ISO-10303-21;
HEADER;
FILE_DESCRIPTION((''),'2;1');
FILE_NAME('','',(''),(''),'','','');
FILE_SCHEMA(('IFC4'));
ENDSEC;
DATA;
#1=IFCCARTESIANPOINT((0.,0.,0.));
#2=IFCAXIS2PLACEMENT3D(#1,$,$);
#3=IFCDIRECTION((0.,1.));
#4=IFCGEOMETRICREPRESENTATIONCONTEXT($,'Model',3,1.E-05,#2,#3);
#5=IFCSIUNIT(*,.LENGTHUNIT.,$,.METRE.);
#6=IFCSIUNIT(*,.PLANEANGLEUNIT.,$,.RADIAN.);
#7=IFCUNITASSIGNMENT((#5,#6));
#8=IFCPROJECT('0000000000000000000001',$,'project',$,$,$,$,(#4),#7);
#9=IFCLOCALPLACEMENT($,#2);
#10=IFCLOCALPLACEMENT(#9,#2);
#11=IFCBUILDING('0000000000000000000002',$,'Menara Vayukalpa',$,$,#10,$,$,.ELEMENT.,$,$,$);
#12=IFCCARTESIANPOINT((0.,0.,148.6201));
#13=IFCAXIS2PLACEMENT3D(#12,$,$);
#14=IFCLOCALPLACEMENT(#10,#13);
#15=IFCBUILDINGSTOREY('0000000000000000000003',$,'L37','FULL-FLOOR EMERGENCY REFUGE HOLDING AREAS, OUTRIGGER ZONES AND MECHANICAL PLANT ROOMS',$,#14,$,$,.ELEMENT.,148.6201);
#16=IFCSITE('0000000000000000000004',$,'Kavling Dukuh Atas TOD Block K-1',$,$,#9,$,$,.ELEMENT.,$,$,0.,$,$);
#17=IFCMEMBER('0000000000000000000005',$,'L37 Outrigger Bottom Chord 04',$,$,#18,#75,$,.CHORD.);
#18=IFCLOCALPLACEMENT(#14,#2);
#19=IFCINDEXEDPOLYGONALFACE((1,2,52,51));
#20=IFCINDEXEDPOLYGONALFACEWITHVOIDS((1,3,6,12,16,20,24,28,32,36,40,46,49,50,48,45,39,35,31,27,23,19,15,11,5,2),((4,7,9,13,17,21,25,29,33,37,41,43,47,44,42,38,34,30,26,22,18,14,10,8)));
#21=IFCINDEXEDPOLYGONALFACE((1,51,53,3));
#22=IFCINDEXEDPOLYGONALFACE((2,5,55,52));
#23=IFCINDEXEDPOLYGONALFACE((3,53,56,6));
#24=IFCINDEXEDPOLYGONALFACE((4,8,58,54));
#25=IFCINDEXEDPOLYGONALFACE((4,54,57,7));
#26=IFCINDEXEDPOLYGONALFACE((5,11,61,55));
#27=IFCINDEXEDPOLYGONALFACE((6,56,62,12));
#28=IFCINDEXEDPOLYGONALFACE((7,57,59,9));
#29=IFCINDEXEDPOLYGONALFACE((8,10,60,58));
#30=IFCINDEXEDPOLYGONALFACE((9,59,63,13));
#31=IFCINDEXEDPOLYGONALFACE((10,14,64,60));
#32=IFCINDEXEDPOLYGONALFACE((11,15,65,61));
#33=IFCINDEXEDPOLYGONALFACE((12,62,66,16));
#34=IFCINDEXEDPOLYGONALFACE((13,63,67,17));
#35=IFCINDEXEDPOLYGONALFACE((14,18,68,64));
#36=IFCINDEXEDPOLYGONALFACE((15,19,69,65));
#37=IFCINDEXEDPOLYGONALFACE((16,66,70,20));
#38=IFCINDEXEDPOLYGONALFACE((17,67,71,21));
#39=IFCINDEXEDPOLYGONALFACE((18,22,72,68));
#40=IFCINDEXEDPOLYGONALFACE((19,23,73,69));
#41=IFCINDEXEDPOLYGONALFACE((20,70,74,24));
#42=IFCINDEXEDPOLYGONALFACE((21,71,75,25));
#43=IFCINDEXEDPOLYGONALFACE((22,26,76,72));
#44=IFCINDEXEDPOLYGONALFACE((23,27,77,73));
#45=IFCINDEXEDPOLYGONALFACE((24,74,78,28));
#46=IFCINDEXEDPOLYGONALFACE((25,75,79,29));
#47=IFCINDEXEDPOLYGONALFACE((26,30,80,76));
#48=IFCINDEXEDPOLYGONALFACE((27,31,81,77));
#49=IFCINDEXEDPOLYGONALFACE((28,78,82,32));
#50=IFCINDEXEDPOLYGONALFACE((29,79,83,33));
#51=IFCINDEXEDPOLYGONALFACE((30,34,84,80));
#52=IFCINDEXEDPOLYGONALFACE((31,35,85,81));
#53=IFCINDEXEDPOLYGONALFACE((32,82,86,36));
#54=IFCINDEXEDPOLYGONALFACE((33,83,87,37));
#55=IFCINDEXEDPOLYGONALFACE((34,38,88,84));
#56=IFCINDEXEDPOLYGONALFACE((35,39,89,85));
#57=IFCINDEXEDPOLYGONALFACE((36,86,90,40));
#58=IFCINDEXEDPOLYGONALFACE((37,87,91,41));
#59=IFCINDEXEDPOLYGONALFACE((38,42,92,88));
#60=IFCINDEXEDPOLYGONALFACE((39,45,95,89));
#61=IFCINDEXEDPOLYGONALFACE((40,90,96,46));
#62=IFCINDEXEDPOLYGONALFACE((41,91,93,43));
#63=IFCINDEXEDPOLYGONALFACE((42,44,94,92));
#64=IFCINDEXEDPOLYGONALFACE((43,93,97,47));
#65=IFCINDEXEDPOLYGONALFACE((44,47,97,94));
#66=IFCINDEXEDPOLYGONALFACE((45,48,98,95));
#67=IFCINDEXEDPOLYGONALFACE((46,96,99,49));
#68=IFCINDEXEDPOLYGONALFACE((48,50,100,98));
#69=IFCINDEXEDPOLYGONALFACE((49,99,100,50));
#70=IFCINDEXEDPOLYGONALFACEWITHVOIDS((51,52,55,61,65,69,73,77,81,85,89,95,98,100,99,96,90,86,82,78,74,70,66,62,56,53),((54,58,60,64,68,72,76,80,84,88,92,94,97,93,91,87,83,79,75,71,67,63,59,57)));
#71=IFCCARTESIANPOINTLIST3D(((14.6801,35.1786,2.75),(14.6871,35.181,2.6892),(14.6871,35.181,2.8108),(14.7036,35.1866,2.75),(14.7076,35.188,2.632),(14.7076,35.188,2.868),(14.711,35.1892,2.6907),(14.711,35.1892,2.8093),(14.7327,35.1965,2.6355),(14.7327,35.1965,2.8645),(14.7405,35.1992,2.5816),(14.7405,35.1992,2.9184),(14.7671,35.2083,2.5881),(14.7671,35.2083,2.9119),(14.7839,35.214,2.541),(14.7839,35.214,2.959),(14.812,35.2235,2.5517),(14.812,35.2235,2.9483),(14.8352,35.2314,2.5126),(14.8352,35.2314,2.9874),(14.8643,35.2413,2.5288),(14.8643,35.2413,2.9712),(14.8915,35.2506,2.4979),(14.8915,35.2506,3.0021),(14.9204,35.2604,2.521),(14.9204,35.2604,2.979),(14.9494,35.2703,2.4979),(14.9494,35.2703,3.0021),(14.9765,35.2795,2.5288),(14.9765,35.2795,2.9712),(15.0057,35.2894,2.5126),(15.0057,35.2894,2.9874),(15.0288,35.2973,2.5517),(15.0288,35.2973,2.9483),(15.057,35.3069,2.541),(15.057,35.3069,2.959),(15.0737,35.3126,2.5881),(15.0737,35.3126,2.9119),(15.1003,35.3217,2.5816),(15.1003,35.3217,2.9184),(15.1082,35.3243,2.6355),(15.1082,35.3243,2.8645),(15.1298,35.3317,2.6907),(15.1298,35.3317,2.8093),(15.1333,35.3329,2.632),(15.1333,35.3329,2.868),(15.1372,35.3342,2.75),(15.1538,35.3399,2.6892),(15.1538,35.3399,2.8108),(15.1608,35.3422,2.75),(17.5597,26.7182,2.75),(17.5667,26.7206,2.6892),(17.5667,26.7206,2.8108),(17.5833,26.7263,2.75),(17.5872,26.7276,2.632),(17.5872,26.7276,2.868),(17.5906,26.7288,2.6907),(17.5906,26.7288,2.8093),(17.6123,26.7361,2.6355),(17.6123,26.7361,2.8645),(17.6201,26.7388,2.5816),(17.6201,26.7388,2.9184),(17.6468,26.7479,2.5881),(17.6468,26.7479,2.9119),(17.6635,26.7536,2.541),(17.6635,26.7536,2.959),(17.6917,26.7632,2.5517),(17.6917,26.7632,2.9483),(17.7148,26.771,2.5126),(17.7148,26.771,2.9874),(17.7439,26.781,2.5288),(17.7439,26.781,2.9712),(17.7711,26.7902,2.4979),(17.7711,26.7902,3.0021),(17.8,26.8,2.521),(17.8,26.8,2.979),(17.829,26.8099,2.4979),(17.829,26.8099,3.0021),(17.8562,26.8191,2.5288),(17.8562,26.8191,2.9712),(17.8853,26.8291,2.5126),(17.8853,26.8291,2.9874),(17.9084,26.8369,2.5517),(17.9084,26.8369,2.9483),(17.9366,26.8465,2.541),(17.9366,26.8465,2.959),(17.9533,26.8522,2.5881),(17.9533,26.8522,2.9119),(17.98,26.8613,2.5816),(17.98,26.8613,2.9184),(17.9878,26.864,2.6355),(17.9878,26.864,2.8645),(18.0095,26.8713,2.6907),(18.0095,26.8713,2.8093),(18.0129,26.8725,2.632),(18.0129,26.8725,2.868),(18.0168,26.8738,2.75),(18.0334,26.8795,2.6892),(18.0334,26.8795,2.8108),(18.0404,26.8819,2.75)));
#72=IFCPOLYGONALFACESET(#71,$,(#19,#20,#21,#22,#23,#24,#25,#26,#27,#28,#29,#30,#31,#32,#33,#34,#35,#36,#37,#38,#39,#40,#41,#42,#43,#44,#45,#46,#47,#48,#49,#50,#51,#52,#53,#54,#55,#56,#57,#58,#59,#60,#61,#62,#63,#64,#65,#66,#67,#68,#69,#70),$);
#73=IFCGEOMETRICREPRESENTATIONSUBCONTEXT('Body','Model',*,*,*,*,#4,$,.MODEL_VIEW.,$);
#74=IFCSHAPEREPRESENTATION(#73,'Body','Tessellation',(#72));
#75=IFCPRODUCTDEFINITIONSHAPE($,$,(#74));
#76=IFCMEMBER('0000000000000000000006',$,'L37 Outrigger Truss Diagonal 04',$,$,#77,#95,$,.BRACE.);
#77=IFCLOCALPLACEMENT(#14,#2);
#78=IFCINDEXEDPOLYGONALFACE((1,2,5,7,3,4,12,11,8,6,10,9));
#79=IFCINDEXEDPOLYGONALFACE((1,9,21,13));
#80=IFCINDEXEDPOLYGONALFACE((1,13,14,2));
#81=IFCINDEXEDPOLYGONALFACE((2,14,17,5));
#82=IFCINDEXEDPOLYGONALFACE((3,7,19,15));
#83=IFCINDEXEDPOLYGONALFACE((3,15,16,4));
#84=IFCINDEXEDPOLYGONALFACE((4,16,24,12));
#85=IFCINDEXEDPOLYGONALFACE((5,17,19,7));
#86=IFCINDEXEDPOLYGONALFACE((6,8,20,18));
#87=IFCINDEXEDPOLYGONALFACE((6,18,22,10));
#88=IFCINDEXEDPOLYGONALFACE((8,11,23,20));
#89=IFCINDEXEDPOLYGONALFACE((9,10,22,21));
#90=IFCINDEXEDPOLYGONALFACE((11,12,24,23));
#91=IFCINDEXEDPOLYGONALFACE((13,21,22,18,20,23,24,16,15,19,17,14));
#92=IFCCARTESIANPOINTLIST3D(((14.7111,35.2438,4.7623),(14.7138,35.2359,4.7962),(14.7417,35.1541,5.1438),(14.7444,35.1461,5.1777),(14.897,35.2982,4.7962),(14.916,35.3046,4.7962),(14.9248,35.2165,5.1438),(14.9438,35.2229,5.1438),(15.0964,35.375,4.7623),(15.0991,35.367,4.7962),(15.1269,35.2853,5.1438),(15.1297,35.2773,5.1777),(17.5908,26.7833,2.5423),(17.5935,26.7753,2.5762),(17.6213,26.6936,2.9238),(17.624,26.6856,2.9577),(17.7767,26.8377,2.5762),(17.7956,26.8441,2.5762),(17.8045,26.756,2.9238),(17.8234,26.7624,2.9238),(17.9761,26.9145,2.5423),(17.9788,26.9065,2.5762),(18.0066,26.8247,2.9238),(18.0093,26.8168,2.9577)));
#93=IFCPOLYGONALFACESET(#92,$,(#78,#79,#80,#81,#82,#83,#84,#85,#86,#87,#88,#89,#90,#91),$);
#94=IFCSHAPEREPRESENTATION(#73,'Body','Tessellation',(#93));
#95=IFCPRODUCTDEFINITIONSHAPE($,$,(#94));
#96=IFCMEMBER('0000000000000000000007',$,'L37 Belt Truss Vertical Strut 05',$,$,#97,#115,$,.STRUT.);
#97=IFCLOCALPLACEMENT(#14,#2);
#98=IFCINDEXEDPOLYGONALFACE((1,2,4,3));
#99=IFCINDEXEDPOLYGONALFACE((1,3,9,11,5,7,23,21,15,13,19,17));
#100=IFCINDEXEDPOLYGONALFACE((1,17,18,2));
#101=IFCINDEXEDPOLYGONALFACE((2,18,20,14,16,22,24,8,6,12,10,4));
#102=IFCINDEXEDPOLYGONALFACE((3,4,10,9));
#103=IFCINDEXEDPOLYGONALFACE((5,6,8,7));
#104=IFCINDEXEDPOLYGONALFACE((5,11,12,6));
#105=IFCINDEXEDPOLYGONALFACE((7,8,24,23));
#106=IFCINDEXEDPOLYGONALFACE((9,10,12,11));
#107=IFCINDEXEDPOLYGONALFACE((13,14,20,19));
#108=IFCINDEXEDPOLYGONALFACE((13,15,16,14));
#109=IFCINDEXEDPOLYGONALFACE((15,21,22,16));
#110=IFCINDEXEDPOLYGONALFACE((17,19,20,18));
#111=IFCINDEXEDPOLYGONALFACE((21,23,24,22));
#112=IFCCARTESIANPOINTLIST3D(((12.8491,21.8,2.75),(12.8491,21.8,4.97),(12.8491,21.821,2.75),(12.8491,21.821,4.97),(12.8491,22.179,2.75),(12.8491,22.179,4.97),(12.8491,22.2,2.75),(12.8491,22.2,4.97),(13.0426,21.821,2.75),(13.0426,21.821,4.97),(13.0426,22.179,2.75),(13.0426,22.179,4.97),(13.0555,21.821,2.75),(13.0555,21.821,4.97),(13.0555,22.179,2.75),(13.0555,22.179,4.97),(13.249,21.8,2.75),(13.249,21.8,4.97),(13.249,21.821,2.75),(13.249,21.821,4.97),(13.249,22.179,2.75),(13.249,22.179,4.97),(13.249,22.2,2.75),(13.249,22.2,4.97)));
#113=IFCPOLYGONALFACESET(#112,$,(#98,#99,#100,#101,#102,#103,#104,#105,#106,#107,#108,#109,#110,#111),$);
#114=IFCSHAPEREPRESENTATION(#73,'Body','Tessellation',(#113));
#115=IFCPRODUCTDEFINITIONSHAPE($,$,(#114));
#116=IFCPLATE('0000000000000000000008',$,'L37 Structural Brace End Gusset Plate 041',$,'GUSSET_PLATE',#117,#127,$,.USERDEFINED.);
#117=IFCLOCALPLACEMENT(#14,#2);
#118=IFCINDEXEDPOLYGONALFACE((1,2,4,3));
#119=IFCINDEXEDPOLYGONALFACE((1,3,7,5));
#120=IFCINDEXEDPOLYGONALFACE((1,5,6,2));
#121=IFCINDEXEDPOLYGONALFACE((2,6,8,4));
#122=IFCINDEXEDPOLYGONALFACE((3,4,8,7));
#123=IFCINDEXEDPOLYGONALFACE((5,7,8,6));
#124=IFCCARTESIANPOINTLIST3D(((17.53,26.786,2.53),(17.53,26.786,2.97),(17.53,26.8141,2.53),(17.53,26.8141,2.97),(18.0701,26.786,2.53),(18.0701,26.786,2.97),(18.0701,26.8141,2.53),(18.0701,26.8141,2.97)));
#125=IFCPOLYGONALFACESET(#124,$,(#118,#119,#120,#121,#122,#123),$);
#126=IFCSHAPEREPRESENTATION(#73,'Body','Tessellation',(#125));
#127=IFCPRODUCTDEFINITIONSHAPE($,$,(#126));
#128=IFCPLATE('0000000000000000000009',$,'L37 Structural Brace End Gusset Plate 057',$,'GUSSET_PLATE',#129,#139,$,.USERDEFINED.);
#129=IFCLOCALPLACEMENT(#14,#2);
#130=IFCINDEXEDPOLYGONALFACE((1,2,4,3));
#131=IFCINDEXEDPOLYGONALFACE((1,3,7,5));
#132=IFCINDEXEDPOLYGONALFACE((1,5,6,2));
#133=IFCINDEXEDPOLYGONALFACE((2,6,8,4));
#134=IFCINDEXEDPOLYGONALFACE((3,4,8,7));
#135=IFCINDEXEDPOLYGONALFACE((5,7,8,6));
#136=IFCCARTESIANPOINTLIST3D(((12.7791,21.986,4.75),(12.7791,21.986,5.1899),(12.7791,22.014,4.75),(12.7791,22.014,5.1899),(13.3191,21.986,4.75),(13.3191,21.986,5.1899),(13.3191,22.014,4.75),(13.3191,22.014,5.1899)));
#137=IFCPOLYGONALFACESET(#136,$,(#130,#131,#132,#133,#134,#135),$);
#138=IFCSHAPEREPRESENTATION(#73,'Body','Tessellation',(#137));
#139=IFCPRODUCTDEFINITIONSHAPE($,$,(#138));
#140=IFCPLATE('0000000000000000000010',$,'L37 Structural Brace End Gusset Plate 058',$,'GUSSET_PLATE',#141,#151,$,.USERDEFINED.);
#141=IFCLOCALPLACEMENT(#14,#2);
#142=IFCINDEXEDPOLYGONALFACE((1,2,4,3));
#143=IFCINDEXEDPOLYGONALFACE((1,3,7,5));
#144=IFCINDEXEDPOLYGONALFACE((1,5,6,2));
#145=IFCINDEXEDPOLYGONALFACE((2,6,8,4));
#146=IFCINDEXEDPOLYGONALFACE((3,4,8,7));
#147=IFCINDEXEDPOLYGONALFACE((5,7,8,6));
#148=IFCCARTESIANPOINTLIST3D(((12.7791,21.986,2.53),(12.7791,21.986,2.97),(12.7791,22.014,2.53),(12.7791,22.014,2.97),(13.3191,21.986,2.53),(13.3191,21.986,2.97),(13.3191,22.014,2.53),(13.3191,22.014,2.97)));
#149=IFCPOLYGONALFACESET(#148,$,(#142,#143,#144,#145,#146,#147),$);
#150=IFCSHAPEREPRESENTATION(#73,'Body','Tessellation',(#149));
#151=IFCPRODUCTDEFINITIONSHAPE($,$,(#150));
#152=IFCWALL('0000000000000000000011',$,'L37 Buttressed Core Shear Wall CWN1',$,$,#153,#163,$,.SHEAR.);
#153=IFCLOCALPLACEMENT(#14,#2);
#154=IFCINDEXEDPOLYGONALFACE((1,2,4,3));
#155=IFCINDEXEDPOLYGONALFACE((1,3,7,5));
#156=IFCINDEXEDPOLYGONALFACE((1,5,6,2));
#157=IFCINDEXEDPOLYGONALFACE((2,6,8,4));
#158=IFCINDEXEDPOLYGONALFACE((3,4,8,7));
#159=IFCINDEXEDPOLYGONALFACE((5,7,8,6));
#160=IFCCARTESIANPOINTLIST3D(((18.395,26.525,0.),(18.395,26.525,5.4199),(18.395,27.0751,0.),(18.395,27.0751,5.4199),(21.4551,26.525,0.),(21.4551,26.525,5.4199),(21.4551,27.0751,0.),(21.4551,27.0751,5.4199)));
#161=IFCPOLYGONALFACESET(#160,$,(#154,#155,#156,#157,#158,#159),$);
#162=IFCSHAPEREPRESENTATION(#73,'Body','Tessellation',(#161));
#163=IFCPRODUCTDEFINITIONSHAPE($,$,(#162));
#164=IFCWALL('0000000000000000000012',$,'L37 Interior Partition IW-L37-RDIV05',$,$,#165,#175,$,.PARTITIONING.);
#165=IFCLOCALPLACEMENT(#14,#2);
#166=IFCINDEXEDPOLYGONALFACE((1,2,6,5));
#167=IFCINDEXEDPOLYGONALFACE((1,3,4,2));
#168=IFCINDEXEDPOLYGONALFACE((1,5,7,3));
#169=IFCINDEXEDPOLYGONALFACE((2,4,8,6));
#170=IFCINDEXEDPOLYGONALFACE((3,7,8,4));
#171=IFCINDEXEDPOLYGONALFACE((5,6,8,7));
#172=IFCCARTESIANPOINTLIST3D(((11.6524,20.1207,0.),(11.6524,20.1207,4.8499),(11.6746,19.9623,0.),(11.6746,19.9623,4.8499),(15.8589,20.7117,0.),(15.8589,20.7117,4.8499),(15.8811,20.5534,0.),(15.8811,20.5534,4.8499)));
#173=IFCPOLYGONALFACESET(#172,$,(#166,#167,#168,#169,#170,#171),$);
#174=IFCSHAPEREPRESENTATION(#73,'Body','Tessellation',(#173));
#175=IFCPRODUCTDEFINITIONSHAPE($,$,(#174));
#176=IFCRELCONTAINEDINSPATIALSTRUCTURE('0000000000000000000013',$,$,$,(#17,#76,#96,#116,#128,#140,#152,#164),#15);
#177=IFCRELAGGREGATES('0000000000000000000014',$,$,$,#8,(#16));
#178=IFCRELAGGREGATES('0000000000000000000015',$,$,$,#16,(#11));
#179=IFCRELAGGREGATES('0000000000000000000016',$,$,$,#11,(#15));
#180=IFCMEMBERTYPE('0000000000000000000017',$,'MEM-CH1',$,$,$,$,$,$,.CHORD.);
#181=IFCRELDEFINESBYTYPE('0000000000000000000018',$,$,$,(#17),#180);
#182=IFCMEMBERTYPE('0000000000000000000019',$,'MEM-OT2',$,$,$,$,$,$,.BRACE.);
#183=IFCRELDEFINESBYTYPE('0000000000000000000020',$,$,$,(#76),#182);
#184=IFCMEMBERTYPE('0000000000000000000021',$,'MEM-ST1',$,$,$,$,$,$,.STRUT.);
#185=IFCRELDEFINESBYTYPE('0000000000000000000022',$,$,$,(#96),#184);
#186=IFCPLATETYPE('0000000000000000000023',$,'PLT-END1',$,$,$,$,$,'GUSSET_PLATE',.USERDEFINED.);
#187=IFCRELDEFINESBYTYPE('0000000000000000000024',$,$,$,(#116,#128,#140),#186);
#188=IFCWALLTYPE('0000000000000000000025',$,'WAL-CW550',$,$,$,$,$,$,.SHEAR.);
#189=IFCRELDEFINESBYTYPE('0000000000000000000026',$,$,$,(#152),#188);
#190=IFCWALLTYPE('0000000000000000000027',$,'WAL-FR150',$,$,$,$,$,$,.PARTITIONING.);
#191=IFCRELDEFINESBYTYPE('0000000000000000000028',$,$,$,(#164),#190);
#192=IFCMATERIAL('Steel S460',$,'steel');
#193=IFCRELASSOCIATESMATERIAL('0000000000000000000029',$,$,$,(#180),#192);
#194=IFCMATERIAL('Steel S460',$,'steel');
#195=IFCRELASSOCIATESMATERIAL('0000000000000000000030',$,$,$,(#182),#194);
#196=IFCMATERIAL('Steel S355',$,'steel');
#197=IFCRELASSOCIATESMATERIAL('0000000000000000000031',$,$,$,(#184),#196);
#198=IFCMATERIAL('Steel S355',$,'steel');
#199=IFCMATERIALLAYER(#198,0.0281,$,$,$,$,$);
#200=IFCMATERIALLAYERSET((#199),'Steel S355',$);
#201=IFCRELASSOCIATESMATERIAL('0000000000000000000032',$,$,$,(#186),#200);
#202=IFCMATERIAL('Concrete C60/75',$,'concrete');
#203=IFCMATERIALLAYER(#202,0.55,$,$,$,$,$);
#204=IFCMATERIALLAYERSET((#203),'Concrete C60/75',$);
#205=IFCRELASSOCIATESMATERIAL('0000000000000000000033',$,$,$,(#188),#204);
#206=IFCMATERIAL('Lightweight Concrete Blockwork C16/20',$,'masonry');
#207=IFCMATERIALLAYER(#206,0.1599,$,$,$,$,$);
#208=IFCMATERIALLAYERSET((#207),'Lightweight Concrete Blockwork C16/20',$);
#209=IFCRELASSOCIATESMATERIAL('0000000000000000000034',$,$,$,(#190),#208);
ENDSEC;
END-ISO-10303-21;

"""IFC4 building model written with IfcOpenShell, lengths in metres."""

from ifc_helpers import new_model, si_unit, direction, frame, frame_2d, origin, origin_2d, place, context, subcontext, project, spatial, rectangle, hollow_circle, i_section, extrude, material, layer, layer_set, material_profile, profile_set, type_object, element, save


model = new_model("IFC4")

# Units and contexts
model_context = context("Model", 3, precision=1e-05, world=origin(), true_north=direction((0.0, 1.0)))
body_context = subcontext(model_context, "Body", "Model", "MODEL_VIEW")
ifc_project = project(units=[si_unit("LENGTHUNIT", "METRE"), si_unit("PLANEANGLEUNIT", "RADIAN")], contexts=[model_context])

# Site, building, storey
site_placement = place(None, origin())
site = spatial("IfcSite", under=ifc_project, at=site_placement, Name="Kavling Dukuh Atas TOD Block K-1", CompositionType="ELEMENT", RefElevation=0.0)
building_placement = place(site_placement, origin())
building = spatial("IfcBuilding", under=site, at=building_placement, Name="Menara Vayukalpa", CompositionType="ELEMENT")
storey_placement = place(building_placement, frame((0.0, 0.0, 148.6201)))
storey = spatial("IfcBuildingStorey", under=building, at=storey_placement, Name="L37", Description="FULL-FLOOR EMERGENCY REFUGE HOLDING AREAS, OUTRIGGER ZONES AND MECHANICAL PLANT ROOMS", CompositionType="ELEMENT", Elevation=148.6201)

# Members
ifc_material_1 = material(Name="Steel S460", Category="steel")
ifc_material_profile_1 = material_profile(ifc_material_1, hollow_circle(Radius=0.2539, WallThickness=0.0249, at=origin_2d()), Name="CHS 508.0x25")
ifc_profile_set_1 = profile_set([ifc_material_profile_1], Name="Steel S460")
member_type_1 = type_object("IfcMemberType", Name="MEM-CH1", PredefinedType="CHORD", material=ifc_profile_set_1)
member_1_placement = place(storey_placement, frame((17.8, 26.8, 2.75), z_axis=(-0.322212, 0.946667, 0.0), x_axis=(-0.946667, -0.322212, 0.0)))
element("IfcMember", 1, at=member_1_placement, inside=storey, type_object=member_type_1, Name="L37 Outrigger Bottom Chord 04", PredefinedType="CHORD", context=body_context, shape_type="SweptSolid", body=[
    extrude(hollow_circle(Radius=0.2539, WallThickness=0.0249, at=origin_2d()), origin(), (0.0, 0.0, 1.0), 8.937),
])
ifc_material_2 = material(Name="Steel S460", Category="steel")
ifc_material_profile_2 = material_profile(ifc_material_2, i_section(OverallWidth=0.407, OverallDepth=0.428, WebThickness=0.02, FlangeThickness=0.0349, at=origin_2d()), Name="H 428x407x20x35")
ifc_profile_set_2 = profile_set([ifc_material_profile_2], Name="Steel S460")
member_type_2 = type_object("IfcMemberType", Name="MEM-OT2", PredefinedType="BRACE", material=ifc_profile_set_2)
member_2_placement = place(storey_placement, frame((17.8, 26.8, 2.75), z_axis=(-0.312709, 0.918747, 0.241074), x_axis=(-0.946667, -0.322212, 0.0)))
element("IfcMember", 2, at=member_2_placement, inside=storey, type_object=member_type_2, Name="L37 Outrigger Truss Diagonal 04", PredefinedType="BRACE", context=body_context, shape_type="SweptSolid", body=[
    extrude(i_section(OverallWidth=0.407, OverallDepth=0.428, WebThickness=0.02, FlangeThickness=0.0349, at=origin_2d()), origin(), (0.0, 0.0, 1.0), 9.2087),
])
ifc_material_3 = material(Name="Steel S355", Category="steel")
ifc_material_profile_3 = material_profile(ifc_material_3, i_section(OverallWidth=0.3999, OverallDepth=0.3999, WebThickness=0.0129, FlangeThickness=0.021, at=origin_2d()), Name="H 400x400x13x21")
ifc_profile_set_3 = profile_set([ifc_material_profile_3], Name="Steel S355")
member_type_3 = type_object("IfcMemberType", Name="MEM-ST1", PredefinedType="STRUT", material=ifc_profile_set_3)
member_3_placement = place(storey_placement, frame((13.0491, 22.0, 2.75), z_axis=(0.0, 0.0, 1.0), x_axis=(1.0, 0.0, 0.0)))
element("IfcMember", 3, at=member_3_placement, inside=storey, type_object=member_type_3, Name="L37 Belt Truss Vertical Strut 05", PredefinedType="STRUT", context=body_context, shape_type="SweptSolid", body=[
    extrude(i_section(OverallWidth=0.3999, OverallDepth=0.3999, WebThickness=0.0129, FlangeThickness=0.021, at=origin_2d()), origin(), (0.0, 0.0, 1.0), 2.22),
])

# Plates
ifc_material_4 = material(Name="Steel S355", Category="steel")
ifc_layer_1 = layer(ifc_material_4, 0.0281)
ifc_layer_set_1 = layer_set([ifc_layer_1], Name="Steel S355")
plate_type = type_object("IfcPlateType", Name="PLT-END1", ElementType="GUSSET_PLATE", PredefinedType="USERDEFINED", material=ifc_layer_set_1)
for number, where, z_axis, x_axis, name in (
    (4, (17.8, 26.8, 2.53), (0.0, 0.0, 1.0), (1.0, 0.0, 0.0), "L37 Structural Brace End Gusset Plate 041"),
    (5, (13.0491, 22.0, 4.75), (0.0, 0.0, 1.0), (1.0, 0.0, 0.0), "L37 Structural Brace End Gusset Plate 057"),
    (6, (13.0491, 22.0, 2.53), (0.0, 0.0, 1.0), (1.0, 0.0, 0.0), "L37 Structural Brace End Gusset Plate 058"),
):
    element("IfcPlate", number, at=place(storey_placement, frame(where, z_axis=z_axis, x_axis=x_axis)), inside=storey, type_object=plate_type, Name=name, ObjectType="GUSSET_PLATE", PredefinedType="USERDEFINED", context=body_context, shape_type="SweptSolid", body=[
        extrude(rectangle(XDim=0.54, YDim=0.0281, at=origin_2d()), origin(), (0.0, 0.0, 1.0), 0.4399),
    ])

# Walls
ifc_material_5 = material(Name="Concrete C60/75", Category="concrete")
ifc_layer_2 = layer(ifc_material_5, 0.55)
ifc_layer_set_2 = layer_set([ifc_layer_2], Name="Concrete C60/75")
wall_type_1 = type_object("IfcWallType", Name="WAL-CW550", PredefinedType="SHEAR", material=ifc_layer_set_2)
wall_1_placement = place(storey_placement, frame((18.395, 26.8, 0.0), z_axis=(0.0, 0.0, 1.0), x_axis=(1.0, 0.0, 0.0)))
element("IfcWall", 7, at=wall_1_placement, inside=storey, type_object=wall_type_1, Name="L37 Buttressed Core Shear Wall CWN1", PredefinedType="SHEAR", context=body_context, shape_type="SweptSolid", body=[
    extrude(rectangle(XDim=3.0601, YDim=0.55, at=frame_2d((1.53, 0.0))), origin(), (0.0, 0.0, 1.0), 5.4199),
])
ifc_material_6 = material(Name="Lightweight Concrete Blockwork C16/20", Category="masonry")
ifc_layer_3 = layer(ifc_material_6, 0.1599)
ifc_layer_set_3 = layer_set([ifc_layer_3], Name="Lightweight Concrete Blockwork C16/20")
wall_type_2 = type_object("IfcWallType", Name="WAL-FR150", PredefinedType="PARTITIONING", material=ifc_layer_set_3)
wall_2_placement = place(storey_placement, frame((15.8701, 20.6326, 0.0), z_axis=(0.0, 0.0, 1.0), x_axis=(-0.990272, -0.139144, 0.0)))
element("IfcWall", 8, at=wall_2_placement, inside=storey, type_object=wall_type_2, Name="L37 Interior Partition IW-L37-RDIV05", PredefinedType="PARTITIONING", context=body_context, shape_type="SweptSolid", body=[
    extrude(rectangle(XDim=4.2478, YDim=0.1599, at=frame_2d((2.124, 0.0))), origin(), (0.0, 0.0, 1.0), 4.8499),
])

save(model, "model.ifc")
